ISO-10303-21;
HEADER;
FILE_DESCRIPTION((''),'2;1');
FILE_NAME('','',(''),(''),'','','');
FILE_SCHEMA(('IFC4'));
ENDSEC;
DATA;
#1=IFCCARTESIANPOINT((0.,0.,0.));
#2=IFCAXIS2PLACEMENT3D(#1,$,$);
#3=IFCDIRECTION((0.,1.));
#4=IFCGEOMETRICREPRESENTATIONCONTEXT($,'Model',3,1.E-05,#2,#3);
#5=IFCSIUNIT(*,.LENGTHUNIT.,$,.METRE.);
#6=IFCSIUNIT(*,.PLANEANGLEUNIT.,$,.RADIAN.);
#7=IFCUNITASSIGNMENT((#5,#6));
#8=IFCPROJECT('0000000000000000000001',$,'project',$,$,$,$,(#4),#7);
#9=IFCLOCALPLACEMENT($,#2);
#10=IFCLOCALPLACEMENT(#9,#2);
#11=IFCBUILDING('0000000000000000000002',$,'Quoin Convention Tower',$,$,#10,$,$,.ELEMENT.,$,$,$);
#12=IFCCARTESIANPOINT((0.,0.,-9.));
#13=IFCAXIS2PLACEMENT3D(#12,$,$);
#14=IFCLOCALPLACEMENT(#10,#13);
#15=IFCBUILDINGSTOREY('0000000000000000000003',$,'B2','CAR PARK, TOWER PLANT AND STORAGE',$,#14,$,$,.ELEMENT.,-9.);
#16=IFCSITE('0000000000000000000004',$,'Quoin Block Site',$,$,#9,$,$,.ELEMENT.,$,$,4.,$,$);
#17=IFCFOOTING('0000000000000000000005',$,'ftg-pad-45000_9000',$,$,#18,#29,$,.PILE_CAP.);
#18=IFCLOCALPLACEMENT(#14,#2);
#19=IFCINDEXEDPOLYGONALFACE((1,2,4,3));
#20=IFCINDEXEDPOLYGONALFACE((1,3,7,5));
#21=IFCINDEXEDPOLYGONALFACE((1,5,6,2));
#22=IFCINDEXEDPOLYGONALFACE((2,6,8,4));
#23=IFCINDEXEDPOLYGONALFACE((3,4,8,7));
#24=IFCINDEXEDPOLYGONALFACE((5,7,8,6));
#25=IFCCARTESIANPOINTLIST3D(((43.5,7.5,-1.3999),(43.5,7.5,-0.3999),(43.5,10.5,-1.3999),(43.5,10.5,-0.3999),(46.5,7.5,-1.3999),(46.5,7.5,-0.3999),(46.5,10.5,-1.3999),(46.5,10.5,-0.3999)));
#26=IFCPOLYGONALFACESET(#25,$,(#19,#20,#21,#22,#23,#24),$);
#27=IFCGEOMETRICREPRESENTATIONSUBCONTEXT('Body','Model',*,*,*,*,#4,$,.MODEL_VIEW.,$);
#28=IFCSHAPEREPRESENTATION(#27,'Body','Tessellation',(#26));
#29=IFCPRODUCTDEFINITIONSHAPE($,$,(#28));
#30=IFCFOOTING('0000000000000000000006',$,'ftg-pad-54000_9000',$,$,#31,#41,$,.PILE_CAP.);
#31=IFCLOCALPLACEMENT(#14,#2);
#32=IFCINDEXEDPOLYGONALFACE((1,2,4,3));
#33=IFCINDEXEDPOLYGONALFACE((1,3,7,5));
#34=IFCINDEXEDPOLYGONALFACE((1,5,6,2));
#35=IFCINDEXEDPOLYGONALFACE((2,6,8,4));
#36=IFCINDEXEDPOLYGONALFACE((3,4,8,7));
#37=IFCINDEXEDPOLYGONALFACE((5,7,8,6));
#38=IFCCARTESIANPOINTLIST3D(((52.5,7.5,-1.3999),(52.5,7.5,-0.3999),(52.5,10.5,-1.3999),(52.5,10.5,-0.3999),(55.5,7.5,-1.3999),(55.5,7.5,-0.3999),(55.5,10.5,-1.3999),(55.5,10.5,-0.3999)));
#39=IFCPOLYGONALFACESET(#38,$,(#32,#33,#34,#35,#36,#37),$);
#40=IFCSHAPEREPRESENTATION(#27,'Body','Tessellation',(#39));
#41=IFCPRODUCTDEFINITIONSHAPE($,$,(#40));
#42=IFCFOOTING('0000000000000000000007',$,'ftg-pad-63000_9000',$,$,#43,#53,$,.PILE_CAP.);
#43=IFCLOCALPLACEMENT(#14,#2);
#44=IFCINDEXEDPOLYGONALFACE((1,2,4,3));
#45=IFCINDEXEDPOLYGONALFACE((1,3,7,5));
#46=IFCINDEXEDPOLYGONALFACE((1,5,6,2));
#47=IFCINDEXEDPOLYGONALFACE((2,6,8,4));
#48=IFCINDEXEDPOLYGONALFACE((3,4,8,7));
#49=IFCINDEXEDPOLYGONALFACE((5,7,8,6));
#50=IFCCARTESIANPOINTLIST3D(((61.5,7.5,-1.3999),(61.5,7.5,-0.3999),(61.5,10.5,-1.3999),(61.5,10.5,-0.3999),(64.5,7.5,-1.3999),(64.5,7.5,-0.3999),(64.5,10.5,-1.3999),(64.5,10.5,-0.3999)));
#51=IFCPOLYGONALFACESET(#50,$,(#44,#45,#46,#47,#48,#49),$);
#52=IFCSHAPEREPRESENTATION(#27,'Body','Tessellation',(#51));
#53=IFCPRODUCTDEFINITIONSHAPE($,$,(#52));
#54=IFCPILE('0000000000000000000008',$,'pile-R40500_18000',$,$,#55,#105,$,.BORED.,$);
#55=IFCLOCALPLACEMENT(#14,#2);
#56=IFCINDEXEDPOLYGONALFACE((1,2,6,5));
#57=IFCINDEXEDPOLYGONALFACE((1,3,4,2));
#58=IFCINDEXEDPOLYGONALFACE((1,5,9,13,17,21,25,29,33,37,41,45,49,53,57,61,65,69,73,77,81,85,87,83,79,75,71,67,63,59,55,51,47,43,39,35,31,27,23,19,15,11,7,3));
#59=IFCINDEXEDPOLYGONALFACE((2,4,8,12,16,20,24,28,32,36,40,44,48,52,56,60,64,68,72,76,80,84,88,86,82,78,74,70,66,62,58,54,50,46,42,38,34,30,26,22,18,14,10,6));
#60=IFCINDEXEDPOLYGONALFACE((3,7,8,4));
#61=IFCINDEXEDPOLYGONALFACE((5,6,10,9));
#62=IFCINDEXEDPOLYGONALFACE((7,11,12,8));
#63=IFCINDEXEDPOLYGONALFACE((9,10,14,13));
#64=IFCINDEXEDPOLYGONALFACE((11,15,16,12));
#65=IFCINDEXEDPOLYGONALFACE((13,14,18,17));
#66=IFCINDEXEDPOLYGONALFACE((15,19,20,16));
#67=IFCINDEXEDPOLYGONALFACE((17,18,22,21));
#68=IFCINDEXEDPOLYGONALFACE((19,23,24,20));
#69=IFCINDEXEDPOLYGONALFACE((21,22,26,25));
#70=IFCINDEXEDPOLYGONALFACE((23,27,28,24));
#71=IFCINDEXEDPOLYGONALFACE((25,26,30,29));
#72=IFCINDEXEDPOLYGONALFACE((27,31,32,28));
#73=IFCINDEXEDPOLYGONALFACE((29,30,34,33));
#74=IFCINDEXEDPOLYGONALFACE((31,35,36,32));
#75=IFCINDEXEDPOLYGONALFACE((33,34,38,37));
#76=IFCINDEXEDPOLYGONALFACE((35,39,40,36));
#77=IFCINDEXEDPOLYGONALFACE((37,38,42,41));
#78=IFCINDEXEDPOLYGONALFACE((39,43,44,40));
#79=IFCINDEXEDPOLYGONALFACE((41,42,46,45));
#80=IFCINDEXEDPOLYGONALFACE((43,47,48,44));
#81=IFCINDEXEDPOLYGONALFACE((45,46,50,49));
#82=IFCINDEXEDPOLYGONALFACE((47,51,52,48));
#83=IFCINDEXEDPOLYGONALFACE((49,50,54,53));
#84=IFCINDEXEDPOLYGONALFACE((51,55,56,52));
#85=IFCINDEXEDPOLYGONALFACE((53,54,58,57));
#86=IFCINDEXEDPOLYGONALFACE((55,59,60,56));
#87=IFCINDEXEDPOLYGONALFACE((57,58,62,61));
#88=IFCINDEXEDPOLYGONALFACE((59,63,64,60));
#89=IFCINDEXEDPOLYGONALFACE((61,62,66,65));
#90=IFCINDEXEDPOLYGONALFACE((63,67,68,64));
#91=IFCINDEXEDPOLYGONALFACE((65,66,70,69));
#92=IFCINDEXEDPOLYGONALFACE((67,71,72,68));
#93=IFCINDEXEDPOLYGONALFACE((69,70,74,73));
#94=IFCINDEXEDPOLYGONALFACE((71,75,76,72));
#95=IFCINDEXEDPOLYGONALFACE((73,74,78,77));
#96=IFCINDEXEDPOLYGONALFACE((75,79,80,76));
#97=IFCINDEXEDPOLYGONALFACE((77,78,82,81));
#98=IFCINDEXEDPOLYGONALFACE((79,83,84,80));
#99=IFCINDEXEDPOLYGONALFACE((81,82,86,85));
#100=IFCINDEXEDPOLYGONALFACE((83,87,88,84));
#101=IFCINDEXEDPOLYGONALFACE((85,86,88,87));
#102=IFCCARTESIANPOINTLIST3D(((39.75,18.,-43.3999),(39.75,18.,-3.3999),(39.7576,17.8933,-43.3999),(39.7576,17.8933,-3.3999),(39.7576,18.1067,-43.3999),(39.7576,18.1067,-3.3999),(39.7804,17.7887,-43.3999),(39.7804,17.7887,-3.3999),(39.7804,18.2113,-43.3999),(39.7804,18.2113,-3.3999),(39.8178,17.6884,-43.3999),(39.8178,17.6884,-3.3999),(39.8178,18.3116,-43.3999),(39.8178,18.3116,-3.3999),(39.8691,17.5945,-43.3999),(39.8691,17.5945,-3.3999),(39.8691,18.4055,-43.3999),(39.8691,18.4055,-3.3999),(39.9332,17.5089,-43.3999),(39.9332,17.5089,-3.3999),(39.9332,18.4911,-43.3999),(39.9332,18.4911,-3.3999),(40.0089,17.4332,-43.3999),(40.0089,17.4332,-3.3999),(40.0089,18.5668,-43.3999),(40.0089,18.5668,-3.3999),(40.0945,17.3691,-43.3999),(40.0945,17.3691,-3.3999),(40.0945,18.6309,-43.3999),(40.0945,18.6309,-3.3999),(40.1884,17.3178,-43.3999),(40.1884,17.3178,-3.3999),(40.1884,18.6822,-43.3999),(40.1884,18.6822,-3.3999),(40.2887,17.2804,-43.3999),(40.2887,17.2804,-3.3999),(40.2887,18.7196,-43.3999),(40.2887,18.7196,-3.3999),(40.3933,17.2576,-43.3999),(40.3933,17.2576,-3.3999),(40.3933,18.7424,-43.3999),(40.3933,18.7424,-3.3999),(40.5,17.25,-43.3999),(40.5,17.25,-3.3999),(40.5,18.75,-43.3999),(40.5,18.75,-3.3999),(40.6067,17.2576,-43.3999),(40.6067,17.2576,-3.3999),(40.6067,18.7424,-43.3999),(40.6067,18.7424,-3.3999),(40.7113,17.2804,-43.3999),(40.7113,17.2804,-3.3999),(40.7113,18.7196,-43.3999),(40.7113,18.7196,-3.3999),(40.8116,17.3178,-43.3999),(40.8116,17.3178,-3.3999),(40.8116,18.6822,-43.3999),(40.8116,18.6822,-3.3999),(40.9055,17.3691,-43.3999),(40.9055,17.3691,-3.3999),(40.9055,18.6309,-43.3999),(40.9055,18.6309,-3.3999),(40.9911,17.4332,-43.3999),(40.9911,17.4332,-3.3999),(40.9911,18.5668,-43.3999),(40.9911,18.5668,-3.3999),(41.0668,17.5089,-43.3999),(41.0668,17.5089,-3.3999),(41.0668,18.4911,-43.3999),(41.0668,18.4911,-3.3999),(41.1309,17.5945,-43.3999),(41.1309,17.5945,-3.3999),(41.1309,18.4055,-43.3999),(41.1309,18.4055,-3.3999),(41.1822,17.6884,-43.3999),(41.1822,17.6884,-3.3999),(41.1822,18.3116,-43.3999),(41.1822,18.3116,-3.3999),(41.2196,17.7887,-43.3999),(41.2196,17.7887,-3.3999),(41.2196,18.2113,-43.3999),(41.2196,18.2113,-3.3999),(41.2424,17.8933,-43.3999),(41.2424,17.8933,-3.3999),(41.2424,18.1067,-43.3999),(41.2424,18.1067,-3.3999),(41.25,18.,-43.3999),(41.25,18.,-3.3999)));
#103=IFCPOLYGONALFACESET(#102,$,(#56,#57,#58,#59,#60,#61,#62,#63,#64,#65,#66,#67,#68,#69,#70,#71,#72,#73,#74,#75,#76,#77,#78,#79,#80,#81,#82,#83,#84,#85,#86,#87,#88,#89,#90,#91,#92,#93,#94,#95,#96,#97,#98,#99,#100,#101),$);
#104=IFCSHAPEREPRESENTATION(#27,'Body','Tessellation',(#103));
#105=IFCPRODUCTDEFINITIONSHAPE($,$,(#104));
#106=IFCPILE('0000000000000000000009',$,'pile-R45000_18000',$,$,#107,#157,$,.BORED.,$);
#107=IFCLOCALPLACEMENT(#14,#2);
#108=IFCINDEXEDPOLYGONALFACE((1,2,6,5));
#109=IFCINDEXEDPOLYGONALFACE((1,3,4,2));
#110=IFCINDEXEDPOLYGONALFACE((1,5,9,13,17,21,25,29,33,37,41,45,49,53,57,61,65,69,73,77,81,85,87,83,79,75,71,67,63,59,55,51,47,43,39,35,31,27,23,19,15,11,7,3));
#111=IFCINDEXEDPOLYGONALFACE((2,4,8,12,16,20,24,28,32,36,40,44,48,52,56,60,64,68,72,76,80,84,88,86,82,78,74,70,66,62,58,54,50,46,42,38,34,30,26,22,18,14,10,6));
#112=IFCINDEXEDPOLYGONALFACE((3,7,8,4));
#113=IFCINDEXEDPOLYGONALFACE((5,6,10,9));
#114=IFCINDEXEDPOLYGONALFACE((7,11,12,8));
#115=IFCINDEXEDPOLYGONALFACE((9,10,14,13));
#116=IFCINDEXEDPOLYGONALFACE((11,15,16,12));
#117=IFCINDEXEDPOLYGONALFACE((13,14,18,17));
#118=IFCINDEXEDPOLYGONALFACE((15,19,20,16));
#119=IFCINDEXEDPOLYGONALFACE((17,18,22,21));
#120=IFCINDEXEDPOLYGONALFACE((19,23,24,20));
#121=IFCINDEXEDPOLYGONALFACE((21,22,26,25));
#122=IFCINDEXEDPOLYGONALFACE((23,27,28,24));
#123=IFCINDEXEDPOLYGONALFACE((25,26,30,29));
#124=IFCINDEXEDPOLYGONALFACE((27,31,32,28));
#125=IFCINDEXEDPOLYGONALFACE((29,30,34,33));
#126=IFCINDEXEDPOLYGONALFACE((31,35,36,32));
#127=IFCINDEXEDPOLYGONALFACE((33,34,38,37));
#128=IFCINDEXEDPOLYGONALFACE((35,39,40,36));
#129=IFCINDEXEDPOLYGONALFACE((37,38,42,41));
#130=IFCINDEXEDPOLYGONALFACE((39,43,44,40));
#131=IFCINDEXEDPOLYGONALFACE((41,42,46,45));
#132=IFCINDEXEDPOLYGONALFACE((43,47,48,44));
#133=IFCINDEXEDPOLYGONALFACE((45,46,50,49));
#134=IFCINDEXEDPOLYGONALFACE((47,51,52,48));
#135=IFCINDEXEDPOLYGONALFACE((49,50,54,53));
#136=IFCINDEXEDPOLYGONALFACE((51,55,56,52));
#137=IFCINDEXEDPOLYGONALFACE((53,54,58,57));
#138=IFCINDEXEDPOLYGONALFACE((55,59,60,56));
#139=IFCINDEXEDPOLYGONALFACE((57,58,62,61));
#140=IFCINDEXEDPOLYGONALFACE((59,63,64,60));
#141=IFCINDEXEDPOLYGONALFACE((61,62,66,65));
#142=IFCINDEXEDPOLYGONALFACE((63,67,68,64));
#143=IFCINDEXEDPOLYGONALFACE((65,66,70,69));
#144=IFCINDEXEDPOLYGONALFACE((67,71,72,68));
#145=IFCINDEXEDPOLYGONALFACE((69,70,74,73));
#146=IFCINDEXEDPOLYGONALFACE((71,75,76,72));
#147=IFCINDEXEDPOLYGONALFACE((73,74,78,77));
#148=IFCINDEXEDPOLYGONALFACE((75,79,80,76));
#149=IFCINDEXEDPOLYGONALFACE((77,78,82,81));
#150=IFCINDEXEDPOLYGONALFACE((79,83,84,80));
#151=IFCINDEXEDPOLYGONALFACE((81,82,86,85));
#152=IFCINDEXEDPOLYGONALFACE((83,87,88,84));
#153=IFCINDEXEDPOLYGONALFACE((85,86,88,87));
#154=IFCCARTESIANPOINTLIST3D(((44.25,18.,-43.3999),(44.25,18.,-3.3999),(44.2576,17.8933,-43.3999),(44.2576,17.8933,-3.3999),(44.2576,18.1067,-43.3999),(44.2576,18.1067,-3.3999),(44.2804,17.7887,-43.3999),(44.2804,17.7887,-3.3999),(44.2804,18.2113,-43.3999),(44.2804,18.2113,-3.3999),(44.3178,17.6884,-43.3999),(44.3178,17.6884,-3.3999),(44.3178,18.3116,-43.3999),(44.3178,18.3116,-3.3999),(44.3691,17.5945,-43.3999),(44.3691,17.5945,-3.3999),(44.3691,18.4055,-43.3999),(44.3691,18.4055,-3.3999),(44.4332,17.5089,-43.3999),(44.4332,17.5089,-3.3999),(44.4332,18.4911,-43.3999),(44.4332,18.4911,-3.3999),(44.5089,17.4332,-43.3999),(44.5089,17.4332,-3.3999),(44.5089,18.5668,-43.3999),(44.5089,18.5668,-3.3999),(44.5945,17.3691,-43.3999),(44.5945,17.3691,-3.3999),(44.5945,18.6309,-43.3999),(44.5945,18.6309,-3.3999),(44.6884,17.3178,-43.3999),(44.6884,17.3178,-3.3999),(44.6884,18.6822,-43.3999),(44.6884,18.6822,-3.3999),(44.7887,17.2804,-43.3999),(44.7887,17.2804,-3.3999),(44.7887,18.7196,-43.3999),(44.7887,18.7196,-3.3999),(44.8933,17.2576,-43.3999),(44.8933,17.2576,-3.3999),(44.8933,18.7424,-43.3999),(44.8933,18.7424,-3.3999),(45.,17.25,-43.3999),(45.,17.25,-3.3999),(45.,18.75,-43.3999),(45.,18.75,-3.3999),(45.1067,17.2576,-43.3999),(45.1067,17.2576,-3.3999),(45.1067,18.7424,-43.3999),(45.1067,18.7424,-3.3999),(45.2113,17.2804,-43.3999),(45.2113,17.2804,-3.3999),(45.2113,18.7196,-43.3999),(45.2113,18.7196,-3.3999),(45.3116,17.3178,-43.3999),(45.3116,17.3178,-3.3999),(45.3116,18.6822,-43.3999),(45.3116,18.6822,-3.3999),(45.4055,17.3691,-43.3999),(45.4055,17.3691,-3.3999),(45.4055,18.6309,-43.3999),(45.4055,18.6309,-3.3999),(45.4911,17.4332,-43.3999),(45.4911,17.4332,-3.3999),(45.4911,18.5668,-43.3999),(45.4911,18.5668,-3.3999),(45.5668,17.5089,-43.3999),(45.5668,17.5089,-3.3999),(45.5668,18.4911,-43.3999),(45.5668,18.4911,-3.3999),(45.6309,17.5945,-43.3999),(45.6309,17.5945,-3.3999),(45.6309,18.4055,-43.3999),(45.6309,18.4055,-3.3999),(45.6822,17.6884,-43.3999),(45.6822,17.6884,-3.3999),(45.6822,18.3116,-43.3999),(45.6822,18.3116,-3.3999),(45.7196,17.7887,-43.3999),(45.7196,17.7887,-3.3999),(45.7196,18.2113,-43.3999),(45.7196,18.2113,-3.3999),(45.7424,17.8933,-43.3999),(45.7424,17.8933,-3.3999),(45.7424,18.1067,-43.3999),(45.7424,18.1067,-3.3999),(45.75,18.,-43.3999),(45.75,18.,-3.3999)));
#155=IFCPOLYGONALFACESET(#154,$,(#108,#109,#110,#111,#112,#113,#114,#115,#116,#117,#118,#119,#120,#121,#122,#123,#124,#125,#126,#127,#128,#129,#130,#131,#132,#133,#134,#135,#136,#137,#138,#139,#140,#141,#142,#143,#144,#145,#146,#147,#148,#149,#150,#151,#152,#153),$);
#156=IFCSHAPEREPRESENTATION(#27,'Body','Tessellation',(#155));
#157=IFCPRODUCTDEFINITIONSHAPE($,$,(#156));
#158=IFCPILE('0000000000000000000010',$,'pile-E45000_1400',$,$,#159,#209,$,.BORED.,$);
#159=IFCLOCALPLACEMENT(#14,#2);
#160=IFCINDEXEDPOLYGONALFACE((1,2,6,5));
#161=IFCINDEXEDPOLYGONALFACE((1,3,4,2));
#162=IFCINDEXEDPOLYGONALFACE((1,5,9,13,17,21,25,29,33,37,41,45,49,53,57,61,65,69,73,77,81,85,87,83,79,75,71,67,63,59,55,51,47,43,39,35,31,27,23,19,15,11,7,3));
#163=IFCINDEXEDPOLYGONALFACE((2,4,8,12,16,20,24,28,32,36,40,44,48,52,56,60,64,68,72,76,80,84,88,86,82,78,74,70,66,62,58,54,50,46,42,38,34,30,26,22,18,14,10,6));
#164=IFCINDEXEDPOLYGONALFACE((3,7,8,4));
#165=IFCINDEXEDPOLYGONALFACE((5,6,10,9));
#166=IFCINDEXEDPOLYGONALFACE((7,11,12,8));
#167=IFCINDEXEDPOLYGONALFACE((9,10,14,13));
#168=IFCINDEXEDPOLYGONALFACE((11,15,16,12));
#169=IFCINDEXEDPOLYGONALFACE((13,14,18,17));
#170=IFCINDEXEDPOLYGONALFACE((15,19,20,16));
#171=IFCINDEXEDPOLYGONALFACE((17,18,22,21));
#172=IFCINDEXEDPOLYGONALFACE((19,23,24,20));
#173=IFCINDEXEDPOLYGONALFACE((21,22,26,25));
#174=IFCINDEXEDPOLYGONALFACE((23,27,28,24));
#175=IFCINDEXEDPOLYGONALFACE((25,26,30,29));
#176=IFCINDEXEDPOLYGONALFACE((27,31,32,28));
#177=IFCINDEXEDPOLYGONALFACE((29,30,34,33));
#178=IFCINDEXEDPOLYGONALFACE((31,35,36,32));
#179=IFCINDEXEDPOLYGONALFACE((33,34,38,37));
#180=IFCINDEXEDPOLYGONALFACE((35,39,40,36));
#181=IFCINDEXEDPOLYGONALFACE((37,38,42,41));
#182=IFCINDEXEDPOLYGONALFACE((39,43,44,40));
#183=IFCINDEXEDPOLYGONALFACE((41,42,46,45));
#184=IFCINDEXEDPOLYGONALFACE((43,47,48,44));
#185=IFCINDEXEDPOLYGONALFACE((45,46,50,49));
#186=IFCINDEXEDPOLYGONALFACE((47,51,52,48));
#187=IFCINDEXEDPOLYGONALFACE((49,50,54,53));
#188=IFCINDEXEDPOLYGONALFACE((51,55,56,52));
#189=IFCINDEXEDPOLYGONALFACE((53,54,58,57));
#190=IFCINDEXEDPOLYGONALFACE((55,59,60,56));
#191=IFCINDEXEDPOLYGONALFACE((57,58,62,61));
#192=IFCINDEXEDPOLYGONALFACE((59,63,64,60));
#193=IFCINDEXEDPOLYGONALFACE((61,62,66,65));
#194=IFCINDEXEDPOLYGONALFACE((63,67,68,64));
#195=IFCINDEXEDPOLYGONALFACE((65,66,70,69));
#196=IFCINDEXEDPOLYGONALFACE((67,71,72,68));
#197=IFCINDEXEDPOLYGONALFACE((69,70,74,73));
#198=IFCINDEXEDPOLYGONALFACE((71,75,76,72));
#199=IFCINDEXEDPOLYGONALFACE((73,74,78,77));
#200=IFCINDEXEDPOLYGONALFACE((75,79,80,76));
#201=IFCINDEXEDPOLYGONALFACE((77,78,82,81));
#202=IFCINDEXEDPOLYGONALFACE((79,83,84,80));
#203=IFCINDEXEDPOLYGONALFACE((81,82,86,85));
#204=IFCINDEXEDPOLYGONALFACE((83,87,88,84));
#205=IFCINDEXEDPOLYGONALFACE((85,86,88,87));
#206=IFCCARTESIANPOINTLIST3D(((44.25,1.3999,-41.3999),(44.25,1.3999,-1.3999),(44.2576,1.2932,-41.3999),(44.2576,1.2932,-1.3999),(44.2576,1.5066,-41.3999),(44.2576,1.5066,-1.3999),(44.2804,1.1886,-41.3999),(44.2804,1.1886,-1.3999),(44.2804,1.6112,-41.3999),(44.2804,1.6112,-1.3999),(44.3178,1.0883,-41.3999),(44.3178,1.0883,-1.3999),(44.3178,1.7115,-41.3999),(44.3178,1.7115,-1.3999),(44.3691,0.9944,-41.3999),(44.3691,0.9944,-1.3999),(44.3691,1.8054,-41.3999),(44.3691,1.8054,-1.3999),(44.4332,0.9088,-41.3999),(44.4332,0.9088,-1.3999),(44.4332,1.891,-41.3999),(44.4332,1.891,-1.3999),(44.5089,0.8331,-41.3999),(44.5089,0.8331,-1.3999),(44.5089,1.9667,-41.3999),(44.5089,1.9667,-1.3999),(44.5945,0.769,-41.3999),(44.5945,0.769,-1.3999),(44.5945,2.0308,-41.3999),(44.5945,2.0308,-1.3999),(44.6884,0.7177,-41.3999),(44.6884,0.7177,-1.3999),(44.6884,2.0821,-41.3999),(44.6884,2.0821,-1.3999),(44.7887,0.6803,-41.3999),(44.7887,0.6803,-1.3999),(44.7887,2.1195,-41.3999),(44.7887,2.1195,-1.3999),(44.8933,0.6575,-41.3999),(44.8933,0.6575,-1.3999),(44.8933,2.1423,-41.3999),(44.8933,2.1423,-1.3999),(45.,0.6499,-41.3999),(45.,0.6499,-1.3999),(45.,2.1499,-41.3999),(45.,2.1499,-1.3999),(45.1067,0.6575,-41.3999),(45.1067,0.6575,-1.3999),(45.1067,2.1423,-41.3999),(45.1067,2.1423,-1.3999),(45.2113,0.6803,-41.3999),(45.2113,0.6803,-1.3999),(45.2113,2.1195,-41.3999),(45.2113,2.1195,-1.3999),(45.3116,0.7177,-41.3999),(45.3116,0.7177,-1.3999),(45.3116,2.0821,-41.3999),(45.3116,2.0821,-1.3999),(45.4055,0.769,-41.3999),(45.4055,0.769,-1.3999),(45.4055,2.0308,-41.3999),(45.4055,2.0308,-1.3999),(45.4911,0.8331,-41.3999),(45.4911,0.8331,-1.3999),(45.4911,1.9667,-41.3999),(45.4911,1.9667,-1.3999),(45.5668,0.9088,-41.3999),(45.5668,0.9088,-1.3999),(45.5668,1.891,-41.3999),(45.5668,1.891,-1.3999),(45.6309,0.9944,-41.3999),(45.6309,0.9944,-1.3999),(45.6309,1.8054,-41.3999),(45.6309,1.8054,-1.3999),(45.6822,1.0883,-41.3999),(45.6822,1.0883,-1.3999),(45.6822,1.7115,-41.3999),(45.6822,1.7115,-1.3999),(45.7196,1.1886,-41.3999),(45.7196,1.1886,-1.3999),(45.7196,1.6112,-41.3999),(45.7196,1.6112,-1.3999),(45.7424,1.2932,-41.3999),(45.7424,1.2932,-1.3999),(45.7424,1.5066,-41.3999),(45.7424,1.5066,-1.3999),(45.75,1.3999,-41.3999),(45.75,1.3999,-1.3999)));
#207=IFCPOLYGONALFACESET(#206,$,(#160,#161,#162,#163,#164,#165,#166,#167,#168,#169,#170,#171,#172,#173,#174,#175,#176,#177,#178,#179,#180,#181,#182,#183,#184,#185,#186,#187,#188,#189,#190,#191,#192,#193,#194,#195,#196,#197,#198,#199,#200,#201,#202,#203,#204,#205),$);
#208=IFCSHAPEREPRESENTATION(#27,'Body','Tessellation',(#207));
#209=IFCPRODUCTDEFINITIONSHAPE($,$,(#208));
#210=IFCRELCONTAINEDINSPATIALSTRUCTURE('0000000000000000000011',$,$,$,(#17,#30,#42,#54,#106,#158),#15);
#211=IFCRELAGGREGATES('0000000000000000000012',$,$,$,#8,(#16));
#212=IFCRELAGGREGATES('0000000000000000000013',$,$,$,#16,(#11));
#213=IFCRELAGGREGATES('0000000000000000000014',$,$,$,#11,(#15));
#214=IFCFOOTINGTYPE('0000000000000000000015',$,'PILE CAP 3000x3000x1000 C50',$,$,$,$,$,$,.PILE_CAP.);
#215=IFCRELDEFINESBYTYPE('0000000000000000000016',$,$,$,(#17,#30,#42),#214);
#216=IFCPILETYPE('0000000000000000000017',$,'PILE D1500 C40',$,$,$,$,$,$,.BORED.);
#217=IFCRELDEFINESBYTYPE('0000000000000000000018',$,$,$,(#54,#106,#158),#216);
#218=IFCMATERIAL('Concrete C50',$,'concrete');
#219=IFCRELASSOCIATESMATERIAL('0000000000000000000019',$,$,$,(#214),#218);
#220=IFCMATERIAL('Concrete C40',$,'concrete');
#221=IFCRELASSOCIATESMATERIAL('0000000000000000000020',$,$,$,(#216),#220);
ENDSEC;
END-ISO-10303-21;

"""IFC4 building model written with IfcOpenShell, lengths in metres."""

from ifc_helpers import new_model, si_unit, direction, frame, origin, origin_2d, place, context, subcontext, project, spatial, rectangle, circle, extrude, material, material_profile, profile_set, type_object, element, save


model = new_model("IFC4")

# Units and contexts
model_context = context("Model", 3, precision=1e-05, world=origin(), true_north=direction((0.0, 1.0)))
body_context = subcontext(model_context, "Body", "Model", "MODEL_VIEW")
ifc_project = project(units=[si_unit("LENGTHUNIT", "METRE"), si_unit("PLANEANGLEUNIT", "RADIAN")], contexts=[model_context])

# Site, building, storey
site_placement = place(None, origin())
site = spatial("IfcSite", under=ifc_project, at=site_placement, Name="Quoin Block Site", CompositionType="ELEMENT", RefElevation=4.0)
building_placement = place(site_placement, origin())
building = spatial("IfcBuilding", under=site, at=building_placement, Name="Quoin Convention Tower", CompositionType="ELEMENT")
storey_placement = place(building_placement, frame((0.0, 0.0, -9.0)))
storey = spatial("IfcBuildingStorey", under=building, at=storey_placement, Name="B2", Description="CAR PARK, TOWER PLANT AND STORAGE", CompositionType="ELEMENT", Elevation=-9.0)

# Footings
ifc_material_1 = material(Name="Concrete C50", Category="concrete")
footing_type = type_object("IfcFootingType", Name="PILE CAP 3000x3000x1000 C50", PredefinedType="PILE_CAP", material=ifc_material_1)
for number, where, z_axis, x_axis, name in (
    (1, (45.0, 9.0, -1.3999), (0.0, 0.0, 1.0), (1.0, 0.0, 0.0), "ftg-pad-45000_9000"),
    (2, (54.0, 9.0, -1.3999), (0.0, 0.0, 1.0), (1.0, 0.0, 0.0), "ftg-pad-54000_9000"),
    (3, (63.0, 9.0, -1.3999), (0.0, 0.0, 1.0), (1.0, 0.0, 0.0), "ftg-pad-63000_9000"),
):
    element("IfcFooting", number, at=place(storey_placement, frame(where, z_axis=z_axis, x_axis=x_axis)), inside=storey, type_object=footing_type, Name=name, PredefinedType="PILE_CAP", context=body_context, shape_type="SweptSolid", body=[
        extrude(rectangle(XDim=3.0, YDim=3.0, at=origin_2d()), origin(), (0.0, 0.0, 1.0), 1.0),
    ])

# Piles
ifc_material_2 = material(Name="Concrete C40", Category="concrete")
ifc_material_profile_1 = material_profile(ifc_material_2, circle(Radius=0.75, at=origin_2d()), Name="D1500")
ifc_profile_set_1 = profile_set([ifc_material_profile_1], Name="Concrete C40")
pile_type = type_object("IfcPileType", Name="PILE D1500 C40", PredefinedType="BORED", material=ifc_profile_set_1)
for number, where, z_axis, x_axis, name in (
    (4, (40.5, 18.0, -3.3999), (0.0, 0.0, -1.0), (1.0, 0.0, 0.0), "pile-R40500_18000"),
    (5, (45.0, 18.0, -3.3999), (0.0, 0.0, -1.0), (1.0, 0.0, 0.0), "pile-R45000_18000"),
    (6, (45.0, 1.3999, -1.3999), (0.0, 0.0, -1.0), (1.0, 0.0, 0.0), "pile-E45000_1400"),
):
    element("IfcPile", number, at=place(storey_placement, frame(where, z_axis=z_axis, x_axis=x_axis)), inside=storey, type_object=pile_type, Name=name, PredefinedType="BORED", context=body_context, shape_type="SweptSolid", body=[
        extrude(circle(Radius=0.75, at=origin_2d()), origin(), (0.0, 0.0, 1.0), 40.0),
    ])

save(model, "model.ifc")
